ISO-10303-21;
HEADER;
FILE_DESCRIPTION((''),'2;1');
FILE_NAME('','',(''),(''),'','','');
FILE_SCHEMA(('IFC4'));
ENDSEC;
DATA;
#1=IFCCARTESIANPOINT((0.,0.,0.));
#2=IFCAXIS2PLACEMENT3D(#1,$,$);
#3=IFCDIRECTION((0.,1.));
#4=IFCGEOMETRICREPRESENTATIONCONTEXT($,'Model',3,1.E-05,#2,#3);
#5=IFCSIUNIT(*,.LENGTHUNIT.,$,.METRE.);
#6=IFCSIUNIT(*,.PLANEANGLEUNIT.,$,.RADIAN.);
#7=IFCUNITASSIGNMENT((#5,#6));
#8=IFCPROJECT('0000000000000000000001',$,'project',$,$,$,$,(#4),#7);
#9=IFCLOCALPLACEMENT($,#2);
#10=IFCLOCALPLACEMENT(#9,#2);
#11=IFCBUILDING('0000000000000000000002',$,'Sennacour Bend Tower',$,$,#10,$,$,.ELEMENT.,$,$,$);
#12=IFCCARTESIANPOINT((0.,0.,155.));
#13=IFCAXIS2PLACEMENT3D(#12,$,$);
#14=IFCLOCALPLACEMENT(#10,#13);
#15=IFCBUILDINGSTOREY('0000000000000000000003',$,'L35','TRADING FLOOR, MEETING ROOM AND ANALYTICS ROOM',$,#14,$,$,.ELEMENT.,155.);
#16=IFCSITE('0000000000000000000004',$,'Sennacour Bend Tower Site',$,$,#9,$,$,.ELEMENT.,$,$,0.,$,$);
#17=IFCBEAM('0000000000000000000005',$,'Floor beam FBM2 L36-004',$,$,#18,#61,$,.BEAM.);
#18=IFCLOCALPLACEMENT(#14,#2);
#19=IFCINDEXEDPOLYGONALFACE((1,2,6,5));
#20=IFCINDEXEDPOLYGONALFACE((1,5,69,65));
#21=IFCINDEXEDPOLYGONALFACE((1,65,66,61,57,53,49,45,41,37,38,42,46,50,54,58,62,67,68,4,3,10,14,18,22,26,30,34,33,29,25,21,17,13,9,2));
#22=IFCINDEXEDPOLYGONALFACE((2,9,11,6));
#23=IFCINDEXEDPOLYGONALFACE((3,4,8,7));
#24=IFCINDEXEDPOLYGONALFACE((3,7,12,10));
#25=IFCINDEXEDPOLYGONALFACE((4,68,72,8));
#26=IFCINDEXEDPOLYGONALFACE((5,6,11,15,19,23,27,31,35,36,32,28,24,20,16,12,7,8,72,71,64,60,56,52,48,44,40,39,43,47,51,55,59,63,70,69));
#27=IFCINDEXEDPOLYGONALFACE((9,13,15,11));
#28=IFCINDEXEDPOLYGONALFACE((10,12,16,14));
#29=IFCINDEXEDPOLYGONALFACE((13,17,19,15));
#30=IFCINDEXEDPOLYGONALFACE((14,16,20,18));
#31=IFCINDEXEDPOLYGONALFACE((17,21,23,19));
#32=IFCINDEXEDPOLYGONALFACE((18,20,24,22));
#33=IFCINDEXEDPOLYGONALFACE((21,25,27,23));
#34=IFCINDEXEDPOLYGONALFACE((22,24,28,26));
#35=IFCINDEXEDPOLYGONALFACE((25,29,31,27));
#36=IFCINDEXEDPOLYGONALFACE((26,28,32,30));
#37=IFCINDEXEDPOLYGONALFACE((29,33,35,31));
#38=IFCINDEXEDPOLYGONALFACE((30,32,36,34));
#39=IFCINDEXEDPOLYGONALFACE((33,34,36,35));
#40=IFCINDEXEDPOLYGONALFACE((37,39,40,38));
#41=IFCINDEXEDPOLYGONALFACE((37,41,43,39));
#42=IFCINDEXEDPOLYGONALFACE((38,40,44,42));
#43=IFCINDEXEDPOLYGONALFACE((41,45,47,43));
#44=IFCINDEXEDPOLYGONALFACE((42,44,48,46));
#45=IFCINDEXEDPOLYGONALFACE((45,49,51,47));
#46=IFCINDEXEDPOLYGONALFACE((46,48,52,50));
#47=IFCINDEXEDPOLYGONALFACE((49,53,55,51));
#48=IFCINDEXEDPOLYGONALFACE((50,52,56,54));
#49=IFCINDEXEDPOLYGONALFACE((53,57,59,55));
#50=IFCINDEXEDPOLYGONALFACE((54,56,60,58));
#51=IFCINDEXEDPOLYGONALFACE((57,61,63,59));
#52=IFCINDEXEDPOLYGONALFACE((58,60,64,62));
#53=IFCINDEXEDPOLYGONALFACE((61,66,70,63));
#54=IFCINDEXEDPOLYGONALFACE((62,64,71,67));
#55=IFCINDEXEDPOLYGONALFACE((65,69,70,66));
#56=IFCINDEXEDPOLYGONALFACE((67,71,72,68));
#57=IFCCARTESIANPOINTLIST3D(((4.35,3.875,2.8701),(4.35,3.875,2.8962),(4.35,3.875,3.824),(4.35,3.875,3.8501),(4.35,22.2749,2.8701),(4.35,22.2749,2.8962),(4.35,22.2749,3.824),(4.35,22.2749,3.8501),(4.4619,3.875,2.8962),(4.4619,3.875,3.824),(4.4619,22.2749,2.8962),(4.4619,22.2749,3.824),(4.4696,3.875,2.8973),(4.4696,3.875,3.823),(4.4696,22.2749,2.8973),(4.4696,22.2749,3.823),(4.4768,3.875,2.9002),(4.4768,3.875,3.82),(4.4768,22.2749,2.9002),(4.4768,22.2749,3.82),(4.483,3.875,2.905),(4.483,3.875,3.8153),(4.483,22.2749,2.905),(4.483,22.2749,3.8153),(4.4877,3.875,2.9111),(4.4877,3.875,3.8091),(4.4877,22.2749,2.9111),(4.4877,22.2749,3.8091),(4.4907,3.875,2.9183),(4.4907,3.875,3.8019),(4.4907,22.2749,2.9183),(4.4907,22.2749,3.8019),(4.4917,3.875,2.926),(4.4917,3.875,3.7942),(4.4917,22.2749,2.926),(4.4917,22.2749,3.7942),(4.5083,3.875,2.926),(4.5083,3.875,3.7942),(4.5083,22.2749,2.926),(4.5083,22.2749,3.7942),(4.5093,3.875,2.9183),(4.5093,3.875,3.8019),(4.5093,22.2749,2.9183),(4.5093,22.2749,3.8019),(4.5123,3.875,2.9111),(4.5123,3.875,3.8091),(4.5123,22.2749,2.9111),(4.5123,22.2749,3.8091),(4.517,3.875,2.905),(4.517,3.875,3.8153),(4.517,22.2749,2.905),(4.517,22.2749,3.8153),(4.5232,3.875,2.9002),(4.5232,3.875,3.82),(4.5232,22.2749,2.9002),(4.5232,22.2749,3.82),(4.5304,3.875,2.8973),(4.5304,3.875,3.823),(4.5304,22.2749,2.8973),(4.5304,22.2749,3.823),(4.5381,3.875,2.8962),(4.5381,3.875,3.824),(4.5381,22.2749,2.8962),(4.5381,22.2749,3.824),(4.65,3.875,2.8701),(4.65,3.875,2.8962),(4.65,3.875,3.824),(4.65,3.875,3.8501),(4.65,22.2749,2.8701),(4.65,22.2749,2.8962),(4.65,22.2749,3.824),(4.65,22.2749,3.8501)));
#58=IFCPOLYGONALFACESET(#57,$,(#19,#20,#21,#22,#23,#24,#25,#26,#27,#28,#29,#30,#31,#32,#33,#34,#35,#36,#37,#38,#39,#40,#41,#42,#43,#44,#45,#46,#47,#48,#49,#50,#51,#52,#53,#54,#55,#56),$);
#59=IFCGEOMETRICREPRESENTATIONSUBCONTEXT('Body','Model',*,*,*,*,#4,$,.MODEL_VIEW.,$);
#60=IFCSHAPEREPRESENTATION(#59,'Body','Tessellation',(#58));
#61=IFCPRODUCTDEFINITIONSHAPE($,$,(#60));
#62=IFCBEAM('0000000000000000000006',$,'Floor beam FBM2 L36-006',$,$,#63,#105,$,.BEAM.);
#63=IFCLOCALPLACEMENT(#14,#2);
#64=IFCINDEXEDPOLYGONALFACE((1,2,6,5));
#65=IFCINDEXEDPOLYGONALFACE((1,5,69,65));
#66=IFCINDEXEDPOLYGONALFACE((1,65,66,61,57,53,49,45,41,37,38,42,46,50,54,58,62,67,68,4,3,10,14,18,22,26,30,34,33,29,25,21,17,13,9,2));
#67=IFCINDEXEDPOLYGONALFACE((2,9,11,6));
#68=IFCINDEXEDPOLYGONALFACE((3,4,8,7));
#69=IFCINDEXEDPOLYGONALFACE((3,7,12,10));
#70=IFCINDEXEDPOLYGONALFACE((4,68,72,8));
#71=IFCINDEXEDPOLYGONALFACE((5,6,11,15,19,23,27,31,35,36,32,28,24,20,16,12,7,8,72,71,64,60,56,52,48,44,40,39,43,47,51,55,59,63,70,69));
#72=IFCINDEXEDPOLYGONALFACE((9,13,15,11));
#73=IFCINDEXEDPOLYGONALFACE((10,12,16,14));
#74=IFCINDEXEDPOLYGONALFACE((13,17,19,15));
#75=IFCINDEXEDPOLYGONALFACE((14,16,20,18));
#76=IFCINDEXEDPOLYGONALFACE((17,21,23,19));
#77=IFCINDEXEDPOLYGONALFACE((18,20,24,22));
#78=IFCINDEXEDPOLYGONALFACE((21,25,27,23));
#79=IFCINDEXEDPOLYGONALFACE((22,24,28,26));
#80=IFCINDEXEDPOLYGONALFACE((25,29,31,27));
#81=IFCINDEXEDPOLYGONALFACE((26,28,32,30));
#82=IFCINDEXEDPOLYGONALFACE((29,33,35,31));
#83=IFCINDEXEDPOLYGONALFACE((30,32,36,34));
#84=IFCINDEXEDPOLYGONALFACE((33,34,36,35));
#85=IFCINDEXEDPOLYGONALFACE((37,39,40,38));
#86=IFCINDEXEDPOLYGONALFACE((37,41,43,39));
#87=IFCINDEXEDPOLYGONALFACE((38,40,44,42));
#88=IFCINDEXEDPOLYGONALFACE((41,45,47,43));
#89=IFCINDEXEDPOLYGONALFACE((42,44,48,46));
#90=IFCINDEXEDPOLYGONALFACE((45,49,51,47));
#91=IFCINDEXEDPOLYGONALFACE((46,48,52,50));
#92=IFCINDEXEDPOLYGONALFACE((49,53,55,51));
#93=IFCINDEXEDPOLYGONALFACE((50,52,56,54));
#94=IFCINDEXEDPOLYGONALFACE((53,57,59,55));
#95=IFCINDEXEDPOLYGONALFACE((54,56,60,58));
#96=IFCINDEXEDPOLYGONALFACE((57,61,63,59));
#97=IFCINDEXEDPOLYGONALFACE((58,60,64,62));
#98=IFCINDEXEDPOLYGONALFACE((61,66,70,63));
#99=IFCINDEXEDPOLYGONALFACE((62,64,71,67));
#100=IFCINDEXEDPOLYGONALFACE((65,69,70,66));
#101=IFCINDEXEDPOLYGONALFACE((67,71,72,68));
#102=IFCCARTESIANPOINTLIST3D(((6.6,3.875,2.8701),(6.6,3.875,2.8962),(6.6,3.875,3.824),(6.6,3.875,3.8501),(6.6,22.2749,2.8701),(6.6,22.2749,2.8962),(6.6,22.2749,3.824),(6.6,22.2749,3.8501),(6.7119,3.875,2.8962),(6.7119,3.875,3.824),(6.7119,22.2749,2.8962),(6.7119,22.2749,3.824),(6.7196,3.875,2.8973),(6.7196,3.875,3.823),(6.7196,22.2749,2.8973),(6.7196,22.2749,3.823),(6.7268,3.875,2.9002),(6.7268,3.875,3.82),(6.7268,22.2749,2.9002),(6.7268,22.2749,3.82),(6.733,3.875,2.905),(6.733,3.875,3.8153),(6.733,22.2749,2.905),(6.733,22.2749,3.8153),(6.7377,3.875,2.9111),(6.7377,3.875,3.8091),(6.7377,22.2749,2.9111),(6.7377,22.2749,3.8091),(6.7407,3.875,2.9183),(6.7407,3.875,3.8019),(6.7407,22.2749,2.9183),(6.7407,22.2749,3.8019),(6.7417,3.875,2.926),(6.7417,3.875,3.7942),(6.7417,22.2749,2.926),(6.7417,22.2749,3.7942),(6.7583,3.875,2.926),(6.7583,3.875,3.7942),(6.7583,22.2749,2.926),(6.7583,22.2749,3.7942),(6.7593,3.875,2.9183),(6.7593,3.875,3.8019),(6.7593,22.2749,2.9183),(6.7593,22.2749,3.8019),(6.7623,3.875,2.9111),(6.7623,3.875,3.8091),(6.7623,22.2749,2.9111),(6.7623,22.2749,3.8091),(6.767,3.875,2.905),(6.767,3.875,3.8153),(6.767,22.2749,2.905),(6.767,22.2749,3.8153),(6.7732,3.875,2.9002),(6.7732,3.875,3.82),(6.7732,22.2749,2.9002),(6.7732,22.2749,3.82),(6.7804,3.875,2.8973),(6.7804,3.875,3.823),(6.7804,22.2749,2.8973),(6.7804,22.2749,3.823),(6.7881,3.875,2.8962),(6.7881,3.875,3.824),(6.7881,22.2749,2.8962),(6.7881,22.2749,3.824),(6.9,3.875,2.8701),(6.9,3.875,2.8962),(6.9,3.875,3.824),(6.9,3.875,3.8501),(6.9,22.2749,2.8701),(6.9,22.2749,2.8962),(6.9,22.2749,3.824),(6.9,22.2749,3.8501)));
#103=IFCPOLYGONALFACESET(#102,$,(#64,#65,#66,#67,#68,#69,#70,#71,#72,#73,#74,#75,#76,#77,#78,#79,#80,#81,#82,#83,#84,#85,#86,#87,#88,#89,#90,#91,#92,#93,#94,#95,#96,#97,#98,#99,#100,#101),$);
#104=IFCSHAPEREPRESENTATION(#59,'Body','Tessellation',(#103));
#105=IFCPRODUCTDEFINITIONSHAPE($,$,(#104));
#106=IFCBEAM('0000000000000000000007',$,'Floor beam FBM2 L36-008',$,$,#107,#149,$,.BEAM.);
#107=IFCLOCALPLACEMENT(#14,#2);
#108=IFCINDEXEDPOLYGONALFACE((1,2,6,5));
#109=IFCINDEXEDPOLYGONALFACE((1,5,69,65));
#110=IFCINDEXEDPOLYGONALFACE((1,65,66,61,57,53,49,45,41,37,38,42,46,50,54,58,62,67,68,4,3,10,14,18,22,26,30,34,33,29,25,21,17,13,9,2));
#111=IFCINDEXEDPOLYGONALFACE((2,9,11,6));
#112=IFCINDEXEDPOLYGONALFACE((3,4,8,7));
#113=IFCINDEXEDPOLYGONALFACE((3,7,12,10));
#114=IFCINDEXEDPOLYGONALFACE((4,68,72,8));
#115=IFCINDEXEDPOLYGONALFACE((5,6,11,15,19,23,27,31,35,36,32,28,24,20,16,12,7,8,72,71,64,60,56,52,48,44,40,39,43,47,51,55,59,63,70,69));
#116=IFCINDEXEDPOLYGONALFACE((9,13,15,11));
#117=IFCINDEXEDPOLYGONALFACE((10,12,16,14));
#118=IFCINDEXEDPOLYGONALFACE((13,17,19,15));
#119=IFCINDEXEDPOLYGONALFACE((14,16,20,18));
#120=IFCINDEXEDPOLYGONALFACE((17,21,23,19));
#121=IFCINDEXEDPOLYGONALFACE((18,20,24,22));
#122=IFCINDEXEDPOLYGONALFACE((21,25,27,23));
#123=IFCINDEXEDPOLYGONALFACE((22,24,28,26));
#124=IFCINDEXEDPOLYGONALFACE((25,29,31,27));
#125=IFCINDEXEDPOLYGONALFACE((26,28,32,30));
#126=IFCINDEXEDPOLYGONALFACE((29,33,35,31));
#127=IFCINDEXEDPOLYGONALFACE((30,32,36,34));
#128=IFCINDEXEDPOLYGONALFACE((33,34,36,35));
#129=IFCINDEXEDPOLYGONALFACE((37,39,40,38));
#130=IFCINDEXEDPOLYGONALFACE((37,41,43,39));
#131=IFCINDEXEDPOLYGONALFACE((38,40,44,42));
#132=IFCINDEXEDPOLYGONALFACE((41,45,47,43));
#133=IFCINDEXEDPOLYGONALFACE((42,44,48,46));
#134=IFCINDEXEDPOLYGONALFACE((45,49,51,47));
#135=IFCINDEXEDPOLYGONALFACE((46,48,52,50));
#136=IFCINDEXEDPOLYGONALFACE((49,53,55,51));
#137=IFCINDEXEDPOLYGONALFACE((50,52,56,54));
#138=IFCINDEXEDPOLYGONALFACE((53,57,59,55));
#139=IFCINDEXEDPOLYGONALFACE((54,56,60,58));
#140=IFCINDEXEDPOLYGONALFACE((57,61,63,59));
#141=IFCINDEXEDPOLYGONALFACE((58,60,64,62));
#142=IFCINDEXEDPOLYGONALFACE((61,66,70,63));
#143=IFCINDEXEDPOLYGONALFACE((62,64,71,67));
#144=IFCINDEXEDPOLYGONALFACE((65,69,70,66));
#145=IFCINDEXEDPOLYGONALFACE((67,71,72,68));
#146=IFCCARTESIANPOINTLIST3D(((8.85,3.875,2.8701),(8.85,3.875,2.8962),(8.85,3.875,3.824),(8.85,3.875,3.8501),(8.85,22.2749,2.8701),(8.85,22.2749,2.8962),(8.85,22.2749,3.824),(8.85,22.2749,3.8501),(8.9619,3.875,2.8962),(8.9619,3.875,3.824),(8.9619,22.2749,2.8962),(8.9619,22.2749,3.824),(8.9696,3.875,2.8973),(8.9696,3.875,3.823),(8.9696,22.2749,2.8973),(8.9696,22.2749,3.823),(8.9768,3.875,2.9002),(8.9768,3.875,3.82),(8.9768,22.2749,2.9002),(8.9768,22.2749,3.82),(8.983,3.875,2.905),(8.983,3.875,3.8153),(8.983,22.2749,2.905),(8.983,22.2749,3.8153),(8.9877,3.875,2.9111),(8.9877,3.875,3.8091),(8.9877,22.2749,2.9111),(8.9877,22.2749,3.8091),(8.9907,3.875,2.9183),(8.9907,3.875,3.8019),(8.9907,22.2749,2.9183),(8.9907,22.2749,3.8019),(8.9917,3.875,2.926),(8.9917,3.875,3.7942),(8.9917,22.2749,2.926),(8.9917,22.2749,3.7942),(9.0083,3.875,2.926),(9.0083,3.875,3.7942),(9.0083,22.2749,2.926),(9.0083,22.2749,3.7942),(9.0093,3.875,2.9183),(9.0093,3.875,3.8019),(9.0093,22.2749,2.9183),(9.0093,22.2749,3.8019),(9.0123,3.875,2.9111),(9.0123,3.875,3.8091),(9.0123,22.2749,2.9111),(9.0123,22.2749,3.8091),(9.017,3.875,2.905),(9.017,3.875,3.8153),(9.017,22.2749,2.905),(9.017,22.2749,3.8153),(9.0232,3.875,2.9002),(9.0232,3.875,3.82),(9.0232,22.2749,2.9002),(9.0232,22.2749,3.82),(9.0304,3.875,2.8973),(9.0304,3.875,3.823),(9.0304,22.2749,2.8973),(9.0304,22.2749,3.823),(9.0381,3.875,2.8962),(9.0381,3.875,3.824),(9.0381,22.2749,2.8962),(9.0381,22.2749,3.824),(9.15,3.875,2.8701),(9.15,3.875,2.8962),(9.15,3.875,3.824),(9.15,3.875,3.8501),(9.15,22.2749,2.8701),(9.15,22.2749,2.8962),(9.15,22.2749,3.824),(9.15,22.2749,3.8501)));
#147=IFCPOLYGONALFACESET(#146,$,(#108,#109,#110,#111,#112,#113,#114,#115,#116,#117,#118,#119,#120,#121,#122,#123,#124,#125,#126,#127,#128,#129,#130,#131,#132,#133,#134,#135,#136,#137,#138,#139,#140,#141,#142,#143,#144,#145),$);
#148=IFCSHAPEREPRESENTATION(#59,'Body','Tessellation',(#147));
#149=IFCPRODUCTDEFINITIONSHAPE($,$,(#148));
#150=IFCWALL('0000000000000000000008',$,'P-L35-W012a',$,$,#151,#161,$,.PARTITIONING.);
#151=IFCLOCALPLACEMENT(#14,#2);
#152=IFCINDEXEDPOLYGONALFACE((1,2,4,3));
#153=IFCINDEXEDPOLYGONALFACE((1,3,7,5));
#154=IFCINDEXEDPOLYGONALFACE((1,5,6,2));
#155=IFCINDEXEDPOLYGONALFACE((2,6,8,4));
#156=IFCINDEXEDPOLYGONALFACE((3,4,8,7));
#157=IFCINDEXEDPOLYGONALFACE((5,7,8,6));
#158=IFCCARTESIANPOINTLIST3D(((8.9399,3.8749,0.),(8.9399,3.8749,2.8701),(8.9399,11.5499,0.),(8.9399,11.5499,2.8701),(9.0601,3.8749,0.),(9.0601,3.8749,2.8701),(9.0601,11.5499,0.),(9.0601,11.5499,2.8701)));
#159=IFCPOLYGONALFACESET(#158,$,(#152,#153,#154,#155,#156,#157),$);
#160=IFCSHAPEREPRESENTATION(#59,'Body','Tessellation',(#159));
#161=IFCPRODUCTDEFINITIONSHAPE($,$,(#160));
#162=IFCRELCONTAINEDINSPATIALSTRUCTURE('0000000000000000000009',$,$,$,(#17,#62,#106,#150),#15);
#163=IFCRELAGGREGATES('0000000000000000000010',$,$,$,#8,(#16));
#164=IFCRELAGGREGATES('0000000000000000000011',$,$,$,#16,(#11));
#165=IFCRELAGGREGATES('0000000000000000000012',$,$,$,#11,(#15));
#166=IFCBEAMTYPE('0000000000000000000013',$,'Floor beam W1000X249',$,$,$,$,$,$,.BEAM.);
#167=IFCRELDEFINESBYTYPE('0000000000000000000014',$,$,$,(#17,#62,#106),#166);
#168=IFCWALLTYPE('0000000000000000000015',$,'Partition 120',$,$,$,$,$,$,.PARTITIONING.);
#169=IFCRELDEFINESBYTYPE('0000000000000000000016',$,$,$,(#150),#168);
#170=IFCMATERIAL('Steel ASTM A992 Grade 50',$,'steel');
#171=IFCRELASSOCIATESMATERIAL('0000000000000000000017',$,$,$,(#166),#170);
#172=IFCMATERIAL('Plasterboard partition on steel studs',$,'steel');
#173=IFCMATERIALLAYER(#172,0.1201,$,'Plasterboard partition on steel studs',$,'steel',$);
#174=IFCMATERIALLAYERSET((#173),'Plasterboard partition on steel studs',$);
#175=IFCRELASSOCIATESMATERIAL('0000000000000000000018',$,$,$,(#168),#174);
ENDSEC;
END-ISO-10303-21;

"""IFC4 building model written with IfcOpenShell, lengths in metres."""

from ifc_helpers import new_model, si_unit, direction, frame, frame_2d, origin, origin_2d, place, context, subcontext, project, spatial, rectangle, i_section, extrude, material, layer, layer_set, material_profile, profile_set, type_object, element, save


model = new_model("IFC4")

# Units and contexts
model_context = context("Model", 3, precision=1e-05, world=origin(), true_north=direction((0.0, 1.0)))
body_context = subcontext(model_context, "Body", "Model", "MODEL_VIEW")
ifc_project = project(units=[si_unit("LENGTHUNIT", "METRE"), si_unit("PLANEANGLEUNIT", "RADIAN")], contexts=[model_context])

# Site, building, storey
site_placement = place(None, origin())
site = spatial("IfcSite", under=ifc_project, at=site_placement, Name="Sennacour Bend Tower Site", CompositionType="ELEMENT", RefElevation=0.0)
building_placement = place(site_placement, origin())
building = spatial("IfcBuilding", under=site, at=building_placement, Name="Sennacour Bend Tower", CompositionType="ELEMENT")
storey_placement = place(building_placement, frame((0.0, 0.0, 155.0)))
storey = spatial("IfcBuildingStorey", under=building, at=storey_placement, Name="L35", Description="TRADING FLOOR, MEETING ROOM AND ANALYTICS ROOM", CompositionType="ELEMENT", Elevation=155.0)

# Beams
ifc_material_1 = material(Name="Steel ASTM A992 Grade 50", Category="steel")
ifc_material_profile = material_profile(ifc_material_1, i_section(OverallWidth=0.3, OverallDepth=0.98, WebThickness=0.0166, FlangeThickness=0.0261, FilletRadius=0.0298, at=origin_2d()), Name="Steel ASTM A992 Grade 50", Category="steel")
ifc_profile_set = profile_set([ifc_material_profile], Name="Steel ASTM A992 Grade 50")
beam_type = type_object("IfcBeamType", Name="Floor beam W1000X249", PredefinedType="BEAM", material=ifc_profile_set)
for number, where, z_axis, x_axis, name in (
    (1, (4.5, 3.875, 3.3601), (0.0, 1.0, 0.0), (-1.0, 0.0, 0.0), "Floor beam FBM2 L36-004"),
    (2, (6.75, 3.875, 3.3601), (0.0, 1.0, 0.0), (-1.0, 0.0, 0.0), "Floor beam FBM2 L36-006"),
    (3, (9.0, 3.875, 3.3601), (0.0, 1.0, 0.0), (-1.0, 0.0, 0.0), "Floor beam FBM2 L36-008"),
):
    element("IfcBeam", number, at=place(storey_placement, frame(where, z_axis=z_axis, x_axis=x_axis)), inside=storey, type_object=beam_type, Name=name, PredefinedType="BEAM", context=body_context, shape_type="SweptSolid", body=[
        extrude(i_section(OverallWidth=0.3, OverallDepth=0.98, WebThickness=0.0166, FlangeThickness=0.0261, FilletRadius=0.0298, at=origin_2d()), origin(), (0.0, 0.0, 1.0), 18.3999),
    ])

# Wall
ifc_material_2 = material(Name="Plasterboard partition on steel studs", Category="steel")
ifc_layer_1 = layer(ifc_material_2, 0.1201, Name="Plasterboard partition on steel studs", Category="steel")
ifc_layer_set_1 = layer_set([ifc_layer_1], Name="Plasterboard partition on steel studs")
wall_type_1 = type_object("IfcWallType", Name="Partition 120", PredefinedType="PARTITIONING", material=ifc_layer_set_1)
wall_1_placement = place(storey_placement, frame((9.0, 3.875, 0.0), z_axis=(0.0, 0.0, 1.0), x_axis=(0.0, 1.0, 0.0)))
element("IfcWall", 4, at=wall_1_placement, inside=storey, type_object=wall_type_1, Name="P-L35-W012a", PredefinedType="PARTITIONING", context=body_context, shape_type="SweptSolid", body=[
    extrude(rectangle(XDim=7.675, YDim=0.1201, at=frame_2d((3.8374, 0.0))), origin(), (0.0, 0.0, 1.0), 2.8701),
])

save(model, "model.ifc")
